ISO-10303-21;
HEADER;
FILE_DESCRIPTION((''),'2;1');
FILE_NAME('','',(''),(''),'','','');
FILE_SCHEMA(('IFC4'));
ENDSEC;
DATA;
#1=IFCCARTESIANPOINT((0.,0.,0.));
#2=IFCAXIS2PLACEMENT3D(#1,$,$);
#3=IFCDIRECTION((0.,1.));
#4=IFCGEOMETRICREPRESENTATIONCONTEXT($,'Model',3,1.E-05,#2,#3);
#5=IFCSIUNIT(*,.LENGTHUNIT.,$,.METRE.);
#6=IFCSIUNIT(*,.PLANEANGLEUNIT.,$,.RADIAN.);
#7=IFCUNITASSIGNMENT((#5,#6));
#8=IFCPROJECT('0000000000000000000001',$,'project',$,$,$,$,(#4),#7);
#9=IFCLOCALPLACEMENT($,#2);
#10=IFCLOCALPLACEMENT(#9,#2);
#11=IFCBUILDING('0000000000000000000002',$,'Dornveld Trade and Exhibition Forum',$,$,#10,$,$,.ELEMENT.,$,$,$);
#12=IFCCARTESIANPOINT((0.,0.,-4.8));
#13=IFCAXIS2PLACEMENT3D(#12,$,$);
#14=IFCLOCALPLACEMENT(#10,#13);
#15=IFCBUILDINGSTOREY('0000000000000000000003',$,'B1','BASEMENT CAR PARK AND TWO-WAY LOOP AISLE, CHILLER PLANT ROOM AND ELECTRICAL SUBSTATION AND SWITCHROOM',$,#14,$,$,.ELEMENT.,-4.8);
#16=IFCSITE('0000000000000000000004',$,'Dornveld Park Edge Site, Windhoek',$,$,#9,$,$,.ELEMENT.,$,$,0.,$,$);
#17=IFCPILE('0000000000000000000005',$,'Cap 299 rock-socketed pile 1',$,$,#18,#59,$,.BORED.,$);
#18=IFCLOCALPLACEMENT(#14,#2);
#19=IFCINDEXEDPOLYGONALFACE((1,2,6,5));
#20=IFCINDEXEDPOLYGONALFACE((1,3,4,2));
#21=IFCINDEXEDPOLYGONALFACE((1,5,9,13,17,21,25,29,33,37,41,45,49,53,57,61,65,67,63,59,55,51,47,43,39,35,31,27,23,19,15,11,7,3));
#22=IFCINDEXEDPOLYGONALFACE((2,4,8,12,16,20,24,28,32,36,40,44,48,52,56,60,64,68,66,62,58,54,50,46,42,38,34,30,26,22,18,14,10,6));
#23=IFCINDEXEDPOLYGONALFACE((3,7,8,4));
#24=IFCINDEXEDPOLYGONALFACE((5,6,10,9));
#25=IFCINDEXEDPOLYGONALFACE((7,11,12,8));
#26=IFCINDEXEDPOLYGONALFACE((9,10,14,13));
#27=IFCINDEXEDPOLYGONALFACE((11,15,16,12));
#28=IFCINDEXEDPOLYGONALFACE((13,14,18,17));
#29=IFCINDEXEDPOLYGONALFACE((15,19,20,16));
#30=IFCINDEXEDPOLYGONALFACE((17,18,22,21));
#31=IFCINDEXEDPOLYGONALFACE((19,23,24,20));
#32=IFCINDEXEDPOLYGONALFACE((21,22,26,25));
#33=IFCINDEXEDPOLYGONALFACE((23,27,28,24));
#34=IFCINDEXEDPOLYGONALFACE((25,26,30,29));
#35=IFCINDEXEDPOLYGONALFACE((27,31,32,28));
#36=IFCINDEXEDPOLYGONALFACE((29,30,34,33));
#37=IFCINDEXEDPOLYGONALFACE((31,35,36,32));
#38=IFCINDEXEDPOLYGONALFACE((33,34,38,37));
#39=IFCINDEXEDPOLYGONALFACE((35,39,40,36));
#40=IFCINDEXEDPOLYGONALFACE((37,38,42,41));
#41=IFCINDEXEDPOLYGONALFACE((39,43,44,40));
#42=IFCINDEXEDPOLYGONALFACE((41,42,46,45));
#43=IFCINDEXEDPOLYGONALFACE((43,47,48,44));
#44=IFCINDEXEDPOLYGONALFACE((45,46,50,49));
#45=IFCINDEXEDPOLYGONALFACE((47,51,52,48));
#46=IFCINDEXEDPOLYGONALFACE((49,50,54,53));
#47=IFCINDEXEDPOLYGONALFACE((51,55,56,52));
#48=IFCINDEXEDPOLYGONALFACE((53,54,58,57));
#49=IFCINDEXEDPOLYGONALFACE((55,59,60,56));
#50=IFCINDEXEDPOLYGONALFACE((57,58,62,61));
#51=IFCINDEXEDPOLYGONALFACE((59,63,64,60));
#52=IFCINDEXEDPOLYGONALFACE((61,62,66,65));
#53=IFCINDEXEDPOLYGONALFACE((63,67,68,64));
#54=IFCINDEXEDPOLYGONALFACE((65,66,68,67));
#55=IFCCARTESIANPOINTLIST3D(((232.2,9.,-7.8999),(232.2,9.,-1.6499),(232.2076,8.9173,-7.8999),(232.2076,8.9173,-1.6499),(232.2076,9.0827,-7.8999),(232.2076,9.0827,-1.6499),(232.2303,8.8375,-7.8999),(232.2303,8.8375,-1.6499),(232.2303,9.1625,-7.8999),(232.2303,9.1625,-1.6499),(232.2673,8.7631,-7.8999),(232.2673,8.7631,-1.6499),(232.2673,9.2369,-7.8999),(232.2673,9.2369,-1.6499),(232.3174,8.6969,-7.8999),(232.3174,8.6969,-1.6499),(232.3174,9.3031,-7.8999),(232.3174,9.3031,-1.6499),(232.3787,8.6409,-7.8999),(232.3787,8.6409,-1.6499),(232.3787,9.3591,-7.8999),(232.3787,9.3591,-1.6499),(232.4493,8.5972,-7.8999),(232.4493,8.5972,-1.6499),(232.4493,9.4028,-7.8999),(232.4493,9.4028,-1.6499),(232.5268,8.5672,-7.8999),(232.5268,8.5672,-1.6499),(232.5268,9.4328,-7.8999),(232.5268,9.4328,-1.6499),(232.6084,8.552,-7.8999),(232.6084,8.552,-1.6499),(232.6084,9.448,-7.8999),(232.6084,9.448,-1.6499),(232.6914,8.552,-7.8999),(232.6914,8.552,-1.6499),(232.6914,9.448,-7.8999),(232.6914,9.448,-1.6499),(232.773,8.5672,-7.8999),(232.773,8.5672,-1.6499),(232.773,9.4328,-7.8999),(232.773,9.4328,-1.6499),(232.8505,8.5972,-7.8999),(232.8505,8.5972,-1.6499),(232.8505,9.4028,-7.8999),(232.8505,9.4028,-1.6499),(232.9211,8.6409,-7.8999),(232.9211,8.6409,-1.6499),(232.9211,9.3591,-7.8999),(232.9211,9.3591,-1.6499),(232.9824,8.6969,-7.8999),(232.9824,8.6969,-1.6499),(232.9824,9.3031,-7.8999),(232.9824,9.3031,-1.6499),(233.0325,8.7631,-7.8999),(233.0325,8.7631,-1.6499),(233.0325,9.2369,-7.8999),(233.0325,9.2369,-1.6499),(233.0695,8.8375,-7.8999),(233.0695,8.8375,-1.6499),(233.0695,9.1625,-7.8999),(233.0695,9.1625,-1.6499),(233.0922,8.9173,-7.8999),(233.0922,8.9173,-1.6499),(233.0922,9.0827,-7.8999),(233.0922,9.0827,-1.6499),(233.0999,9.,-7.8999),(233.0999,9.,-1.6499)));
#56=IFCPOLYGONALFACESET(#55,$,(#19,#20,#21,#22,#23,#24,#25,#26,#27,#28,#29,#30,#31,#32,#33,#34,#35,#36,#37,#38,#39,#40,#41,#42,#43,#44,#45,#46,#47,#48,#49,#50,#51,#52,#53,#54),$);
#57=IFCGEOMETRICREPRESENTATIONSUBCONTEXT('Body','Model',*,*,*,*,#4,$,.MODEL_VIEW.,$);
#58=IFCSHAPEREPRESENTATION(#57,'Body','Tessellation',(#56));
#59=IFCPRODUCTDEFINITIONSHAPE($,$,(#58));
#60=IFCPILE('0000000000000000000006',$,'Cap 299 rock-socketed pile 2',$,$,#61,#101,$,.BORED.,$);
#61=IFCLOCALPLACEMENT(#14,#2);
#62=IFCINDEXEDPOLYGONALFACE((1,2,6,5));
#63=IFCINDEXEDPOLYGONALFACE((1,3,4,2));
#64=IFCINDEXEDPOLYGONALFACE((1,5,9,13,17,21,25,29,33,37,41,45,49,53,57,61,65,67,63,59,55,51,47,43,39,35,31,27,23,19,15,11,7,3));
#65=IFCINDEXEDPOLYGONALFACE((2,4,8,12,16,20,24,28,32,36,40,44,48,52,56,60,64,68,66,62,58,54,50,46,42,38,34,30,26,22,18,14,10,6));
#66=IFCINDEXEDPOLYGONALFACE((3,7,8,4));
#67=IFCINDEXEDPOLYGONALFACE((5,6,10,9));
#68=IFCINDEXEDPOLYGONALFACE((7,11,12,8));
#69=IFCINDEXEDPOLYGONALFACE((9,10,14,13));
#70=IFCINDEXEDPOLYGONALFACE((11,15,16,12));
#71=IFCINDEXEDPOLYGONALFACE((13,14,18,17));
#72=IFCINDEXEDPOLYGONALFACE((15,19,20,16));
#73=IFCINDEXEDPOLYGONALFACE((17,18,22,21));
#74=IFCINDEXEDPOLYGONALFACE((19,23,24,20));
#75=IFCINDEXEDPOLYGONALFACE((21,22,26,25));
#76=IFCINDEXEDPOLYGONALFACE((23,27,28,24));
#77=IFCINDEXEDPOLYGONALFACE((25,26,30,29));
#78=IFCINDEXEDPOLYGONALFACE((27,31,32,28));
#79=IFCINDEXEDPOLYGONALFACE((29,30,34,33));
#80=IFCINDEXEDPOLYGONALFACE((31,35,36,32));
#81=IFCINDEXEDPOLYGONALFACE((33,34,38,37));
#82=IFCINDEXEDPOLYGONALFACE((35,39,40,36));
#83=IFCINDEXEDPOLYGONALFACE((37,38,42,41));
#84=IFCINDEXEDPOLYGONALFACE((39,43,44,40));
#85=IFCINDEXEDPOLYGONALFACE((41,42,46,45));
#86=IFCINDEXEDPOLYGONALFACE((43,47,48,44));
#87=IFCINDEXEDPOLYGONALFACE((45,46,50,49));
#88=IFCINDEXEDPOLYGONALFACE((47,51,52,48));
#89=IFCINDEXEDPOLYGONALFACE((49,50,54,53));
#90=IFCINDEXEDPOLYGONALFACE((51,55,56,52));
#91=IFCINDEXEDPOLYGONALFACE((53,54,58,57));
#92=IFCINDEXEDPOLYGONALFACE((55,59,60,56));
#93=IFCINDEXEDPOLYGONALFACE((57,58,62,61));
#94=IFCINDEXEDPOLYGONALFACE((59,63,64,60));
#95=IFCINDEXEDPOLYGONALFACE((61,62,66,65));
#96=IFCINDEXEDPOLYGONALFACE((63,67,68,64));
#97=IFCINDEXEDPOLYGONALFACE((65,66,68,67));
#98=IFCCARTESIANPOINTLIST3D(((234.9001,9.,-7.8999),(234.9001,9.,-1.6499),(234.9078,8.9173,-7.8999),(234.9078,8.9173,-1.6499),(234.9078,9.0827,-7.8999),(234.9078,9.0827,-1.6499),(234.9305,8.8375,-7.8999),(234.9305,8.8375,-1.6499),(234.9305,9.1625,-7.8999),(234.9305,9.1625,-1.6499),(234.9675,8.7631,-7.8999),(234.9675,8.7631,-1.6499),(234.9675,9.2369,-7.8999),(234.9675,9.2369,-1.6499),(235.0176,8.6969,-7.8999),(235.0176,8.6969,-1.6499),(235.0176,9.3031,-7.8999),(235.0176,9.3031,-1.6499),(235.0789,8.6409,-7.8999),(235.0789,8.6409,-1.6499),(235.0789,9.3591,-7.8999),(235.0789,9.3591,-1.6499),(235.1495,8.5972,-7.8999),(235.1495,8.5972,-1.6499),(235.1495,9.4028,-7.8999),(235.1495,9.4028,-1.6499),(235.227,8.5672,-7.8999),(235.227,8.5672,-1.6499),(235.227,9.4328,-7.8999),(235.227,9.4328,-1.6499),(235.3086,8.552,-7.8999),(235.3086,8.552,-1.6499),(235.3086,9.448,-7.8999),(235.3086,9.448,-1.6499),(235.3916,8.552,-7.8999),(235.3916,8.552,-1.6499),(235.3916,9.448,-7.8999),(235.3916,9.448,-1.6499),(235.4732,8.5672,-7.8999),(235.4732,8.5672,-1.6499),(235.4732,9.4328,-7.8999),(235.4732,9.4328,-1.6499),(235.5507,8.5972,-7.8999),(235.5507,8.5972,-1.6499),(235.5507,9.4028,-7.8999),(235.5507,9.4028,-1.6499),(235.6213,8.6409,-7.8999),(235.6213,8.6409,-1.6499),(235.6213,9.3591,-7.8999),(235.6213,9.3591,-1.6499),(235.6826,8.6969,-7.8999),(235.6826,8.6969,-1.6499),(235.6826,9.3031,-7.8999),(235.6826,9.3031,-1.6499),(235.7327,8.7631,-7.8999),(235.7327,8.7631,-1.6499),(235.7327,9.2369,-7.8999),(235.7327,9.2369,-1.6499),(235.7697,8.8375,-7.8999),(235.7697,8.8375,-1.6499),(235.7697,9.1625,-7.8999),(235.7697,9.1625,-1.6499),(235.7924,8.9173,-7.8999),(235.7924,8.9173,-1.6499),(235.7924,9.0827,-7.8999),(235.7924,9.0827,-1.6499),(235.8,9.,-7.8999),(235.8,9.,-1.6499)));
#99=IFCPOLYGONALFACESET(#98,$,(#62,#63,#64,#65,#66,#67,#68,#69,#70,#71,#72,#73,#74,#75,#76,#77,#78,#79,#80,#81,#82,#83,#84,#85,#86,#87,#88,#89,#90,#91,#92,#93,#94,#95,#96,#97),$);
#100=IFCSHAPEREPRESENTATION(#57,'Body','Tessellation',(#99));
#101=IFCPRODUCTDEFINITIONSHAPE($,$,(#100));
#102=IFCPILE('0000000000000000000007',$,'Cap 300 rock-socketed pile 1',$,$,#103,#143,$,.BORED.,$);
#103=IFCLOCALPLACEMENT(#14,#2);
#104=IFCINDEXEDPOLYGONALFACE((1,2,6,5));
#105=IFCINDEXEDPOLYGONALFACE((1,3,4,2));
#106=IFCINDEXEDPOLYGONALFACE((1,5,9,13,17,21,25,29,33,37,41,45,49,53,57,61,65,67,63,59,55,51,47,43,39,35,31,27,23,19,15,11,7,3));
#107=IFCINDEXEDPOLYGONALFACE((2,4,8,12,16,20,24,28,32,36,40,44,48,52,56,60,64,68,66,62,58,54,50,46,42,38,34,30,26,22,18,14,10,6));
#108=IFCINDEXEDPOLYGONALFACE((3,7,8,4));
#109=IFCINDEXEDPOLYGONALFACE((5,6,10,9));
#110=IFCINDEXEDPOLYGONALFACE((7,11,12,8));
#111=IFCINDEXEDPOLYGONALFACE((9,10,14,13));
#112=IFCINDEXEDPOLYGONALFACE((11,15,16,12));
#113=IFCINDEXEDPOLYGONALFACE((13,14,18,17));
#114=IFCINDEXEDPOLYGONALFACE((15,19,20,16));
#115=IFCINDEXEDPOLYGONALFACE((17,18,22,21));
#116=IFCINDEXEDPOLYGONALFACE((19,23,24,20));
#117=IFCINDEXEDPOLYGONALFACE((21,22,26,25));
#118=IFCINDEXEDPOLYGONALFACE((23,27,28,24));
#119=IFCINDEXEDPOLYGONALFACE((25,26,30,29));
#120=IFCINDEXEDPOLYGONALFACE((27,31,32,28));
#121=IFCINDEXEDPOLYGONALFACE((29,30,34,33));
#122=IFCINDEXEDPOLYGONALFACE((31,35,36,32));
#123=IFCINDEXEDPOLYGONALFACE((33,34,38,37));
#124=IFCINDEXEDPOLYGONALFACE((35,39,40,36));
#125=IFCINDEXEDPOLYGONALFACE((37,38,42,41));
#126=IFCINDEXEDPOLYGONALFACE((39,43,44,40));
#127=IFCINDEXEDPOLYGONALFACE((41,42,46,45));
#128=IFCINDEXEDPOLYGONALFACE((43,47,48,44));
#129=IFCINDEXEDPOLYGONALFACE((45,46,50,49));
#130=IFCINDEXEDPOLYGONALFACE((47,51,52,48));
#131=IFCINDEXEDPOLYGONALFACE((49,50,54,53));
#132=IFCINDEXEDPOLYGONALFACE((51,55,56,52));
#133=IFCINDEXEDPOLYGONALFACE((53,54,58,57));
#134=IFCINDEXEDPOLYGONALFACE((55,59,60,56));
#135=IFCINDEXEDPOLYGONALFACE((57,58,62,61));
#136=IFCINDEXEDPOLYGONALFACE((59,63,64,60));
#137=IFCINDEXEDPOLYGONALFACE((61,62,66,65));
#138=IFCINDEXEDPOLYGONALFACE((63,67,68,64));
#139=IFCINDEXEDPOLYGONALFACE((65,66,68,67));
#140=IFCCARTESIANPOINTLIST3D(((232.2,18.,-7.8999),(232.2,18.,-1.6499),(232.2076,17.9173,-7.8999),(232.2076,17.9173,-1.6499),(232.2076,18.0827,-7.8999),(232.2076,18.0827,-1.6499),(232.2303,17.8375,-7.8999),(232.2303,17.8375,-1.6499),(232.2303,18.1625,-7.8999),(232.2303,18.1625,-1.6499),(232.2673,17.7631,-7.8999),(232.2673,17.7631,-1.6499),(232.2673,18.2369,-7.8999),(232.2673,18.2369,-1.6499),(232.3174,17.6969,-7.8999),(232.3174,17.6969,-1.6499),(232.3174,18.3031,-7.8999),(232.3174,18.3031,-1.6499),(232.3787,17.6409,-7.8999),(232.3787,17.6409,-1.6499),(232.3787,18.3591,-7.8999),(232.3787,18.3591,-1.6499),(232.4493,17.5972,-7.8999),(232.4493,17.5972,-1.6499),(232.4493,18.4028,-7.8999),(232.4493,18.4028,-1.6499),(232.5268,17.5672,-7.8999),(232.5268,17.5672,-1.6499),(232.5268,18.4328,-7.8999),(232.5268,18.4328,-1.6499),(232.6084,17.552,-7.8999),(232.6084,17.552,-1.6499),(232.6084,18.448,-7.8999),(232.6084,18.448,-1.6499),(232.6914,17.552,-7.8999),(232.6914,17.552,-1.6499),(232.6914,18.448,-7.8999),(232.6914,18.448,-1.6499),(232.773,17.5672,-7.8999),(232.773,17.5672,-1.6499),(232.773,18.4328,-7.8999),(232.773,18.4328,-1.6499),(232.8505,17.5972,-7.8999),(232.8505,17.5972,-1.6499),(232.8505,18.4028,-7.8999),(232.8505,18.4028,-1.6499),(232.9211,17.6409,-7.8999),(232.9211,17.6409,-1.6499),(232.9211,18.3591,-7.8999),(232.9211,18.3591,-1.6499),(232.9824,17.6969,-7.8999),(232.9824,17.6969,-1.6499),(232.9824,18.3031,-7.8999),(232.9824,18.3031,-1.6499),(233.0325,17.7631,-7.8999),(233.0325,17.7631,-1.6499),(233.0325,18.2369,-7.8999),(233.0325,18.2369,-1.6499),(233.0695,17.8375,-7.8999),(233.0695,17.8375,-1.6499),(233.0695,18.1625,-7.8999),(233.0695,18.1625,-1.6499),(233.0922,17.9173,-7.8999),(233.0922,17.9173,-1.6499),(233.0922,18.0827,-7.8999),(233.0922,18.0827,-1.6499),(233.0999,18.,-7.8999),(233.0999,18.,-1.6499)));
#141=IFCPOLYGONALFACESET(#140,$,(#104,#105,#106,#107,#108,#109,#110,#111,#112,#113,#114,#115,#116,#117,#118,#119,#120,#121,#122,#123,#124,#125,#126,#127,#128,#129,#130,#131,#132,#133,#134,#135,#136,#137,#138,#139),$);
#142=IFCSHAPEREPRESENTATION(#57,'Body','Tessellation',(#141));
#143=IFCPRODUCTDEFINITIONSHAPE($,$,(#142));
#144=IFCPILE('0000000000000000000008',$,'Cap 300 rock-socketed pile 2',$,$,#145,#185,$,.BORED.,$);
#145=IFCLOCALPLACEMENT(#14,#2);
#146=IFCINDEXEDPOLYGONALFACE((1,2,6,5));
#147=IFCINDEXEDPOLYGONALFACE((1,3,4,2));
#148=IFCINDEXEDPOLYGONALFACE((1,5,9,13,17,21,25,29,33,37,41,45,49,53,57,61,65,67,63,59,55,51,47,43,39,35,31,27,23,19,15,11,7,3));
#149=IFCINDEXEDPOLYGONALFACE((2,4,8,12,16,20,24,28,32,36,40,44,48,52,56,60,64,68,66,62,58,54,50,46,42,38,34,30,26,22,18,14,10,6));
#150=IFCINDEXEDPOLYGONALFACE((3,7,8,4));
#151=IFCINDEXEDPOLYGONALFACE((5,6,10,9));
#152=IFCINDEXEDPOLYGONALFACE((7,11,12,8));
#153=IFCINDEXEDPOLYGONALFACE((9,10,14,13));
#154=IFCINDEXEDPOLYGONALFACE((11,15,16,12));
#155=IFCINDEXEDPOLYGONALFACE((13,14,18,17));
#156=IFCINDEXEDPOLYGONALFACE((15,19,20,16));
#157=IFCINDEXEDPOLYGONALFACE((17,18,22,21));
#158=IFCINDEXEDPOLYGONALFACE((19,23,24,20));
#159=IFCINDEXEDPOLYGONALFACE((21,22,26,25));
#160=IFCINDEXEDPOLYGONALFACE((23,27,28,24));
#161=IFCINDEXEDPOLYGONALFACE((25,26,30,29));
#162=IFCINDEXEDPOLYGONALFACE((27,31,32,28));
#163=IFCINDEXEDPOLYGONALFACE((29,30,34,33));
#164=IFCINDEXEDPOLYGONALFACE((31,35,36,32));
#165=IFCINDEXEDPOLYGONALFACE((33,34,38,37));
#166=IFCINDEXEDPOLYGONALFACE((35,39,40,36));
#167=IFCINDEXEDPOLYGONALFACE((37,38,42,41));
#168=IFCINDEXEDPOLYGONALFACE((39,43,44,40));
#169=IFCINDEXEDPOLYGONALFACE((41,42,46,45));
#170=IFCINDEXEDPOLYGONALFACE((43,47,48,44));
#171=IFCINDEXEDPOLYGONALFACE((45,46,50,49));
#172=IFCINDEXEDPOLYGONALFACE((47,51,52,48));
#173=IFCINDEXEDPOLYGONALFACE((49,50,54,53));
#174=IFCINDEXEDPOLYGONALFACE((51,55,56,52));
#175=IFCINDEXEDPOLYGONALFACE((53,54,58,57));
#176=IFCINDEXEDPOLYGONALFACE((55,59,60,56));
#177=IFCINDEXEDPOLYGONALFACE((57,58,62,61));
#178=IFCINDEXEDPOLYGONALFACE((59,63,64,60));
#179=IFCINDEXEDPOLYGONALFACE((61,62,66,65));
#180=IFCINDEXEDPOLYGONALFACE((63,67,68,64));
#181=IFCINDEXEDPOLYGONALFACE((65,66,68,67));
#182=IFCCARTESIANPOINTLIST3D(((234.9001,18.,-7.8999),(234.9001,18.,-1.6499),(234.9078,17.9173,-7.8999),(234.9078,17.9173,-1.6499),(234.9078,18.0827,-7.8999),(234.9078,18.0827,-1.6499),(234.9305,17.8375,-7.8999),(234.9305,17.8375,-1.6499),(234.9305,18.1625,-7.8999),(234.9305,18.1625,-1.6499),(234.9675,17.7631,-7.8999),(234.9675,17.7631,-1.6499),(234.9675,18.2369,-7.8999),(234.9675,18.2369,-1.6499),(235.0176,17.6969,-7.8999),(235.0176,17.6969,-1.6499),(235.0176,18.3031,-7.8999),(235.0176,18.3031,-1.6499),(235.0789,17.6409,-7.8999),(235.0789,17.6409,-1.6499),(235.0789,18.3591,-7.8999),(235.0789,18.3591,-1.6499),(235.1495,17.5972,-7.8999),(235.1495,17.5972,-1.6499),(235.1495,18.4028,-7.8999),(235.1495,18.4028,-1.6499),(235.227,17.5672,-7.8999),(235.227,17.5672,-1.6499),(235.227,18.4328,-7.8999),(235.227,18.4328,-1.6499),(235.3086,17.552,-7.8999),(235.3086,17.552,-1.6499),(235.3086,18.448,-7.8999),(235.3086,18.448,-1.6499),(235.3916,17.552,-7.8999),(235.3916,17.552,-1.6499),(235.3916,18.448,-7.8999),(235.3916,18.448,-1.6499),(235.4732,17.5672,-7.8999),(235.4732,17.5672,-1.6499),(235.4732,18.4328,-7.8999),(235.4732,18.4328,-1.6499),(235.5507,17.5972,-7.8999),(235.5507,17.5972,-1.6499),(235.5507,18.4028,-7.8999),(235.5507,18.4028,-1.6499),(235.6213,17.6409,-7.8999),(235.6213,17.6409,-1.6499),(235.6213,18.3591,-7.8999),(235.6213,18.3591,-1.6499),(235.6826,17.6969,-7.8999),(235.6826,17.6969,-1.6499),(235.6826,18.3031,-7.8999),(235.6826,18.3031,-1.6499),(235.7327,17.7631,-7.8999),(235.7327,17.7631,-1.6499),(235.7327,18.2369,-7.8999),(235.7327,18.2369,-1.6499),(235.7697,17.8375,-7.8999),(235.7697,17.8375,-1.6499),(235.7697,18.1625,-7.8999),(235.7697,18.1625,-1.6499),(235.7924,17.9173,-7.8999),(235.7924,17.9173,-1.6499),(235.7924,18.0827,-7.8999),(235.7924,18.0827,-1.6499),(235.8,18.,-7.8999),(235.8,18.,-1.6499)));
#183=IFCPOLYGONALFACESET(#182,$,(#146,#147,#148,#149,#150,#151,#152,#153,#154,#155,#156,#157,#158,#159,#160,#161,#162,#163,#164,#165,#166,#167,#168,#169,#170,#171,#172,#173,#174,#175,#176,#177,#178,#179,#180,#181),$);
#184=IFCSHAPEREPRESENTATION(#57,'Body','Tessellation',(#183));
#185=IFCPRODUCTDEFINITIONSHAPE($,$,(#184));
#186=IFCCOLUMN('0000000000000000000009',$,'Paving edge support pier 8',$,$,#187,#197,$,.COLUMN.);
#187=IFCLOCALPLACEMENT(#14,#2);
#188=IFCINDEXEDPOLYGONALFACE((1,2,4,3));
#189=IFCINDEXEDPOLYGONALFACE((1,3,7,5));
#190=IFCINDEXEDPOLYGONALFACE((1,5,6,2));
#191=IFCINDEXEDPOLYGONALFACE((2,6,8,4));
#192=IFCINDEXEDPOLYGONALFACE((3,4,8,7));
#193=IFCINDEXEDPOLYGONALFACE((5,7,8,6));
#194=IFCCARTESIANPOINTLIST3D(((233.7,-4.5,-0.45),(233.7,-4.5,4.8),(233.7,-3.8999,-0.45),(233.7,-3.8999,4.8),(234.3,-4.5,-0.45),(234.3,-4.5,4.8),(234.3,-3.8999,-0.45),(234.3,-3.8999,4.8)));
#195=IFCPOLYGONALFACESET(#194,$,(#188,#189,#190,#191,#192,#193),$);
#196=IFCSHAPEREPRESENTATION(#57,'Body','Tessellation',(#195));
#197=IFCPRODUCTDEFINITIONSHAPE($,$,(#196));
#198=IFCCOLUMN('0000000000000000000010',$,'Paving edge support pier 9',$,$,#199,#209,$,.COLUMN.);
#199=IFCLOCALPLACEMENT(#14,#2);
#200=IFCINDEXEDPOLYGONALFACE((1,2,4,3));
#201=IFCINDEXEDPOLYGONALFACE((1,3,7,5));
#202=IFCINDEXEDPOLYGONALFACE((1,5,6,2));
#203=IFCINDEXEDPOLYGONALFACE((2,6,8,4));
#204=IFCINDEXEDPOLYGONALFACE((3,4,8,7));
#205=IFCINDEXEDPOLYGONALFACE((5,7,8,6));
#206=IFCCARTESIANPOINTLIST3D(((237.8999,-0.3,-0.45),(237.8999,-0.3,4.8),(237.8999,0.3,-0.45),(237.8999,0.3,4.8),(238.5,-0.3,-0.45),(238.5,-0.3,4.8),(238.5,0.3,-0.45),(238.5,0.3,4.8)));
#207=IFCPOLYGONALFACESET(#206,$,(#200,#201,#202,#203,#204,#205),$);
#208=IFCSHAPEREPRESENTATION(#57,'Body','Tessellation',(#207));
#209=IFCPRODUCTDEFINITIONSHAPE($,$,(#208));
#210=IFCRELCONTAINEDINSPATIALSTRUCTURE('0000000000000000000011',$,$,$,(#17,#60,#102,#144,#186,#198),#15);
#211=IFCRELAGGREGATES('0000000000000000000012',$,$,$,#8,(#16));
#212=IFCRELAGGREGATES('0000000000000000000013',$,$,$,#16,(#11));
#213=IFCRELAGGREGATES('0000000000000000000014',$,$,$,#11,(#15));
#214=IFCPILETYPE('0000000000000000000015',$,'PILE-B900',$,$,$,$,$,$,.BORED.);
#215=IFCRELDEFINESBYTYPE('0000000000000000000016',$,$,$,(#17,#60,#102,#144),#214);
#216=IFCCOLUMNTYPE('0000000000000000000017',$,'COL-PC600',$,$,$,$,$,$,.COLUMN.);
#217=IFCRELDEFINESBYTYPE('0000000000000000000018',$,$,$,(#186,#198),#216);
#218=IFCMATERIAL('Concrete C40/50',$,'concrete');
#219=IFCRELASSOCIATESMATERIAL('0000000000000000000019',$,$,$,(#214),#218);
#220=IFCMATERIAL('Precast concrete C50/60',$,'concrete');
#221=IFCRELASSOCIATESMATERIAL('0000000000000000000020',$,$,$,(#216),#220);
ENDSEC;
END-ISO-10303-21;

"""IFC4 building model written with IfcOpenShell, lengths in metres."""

from ifc_helpers import new_model, si_unit, direction, frame, origin, origin_2d, place, context, subcontext, project, spatial, rectangle, circle, extrude, material, material_profile, profile_set, type_object, element, save


model = new_model("IFC4")

# Units and contexts
model_context = context("Model", 3, precision=1e-05, world=origin(), true_north=direction((0.0, 1.0)))
body_context = subcontext(model_context, "Body", "Model", "MODEL_VIEW")
ifc_project = project(units=[si_unit("LENGTHUNIT", "METRE"), si_unit("PLANEANGLEUNIT", "RADIAN")], contexts=[model_context])

# Site, building, storey
site_placement = place(None, origin())
site = spatial("IfcSite", under=ifc_project, at=site_placement, Name="Dornveld Park Edge Site, Windhoek", CompositionType="ELEMENT", RefElevation=0.0)
building_placement = place(site_placement, origin())
building = spatial("IfcBuilding", under=site, at=building_placement, Name="Dornveld Trade and Exhibition Forum", CompositionType="ELEMENT")
storey_placement = place(building_placement, frame((0.0, 0.0, -4.8)))
storey = spatial("IfcBuildingStorey", under=building, at=storey_placement, Name="B1", Description="BASEMENT CAR PARK AND TWO-WAY LOOP AISLE, CHILLER PLANT ROOM AND ELECTRICAL SUBSTATION AND SWITCHROOM", CompositionType="ELEMENT", Elevation=-4.8)

# Piles
ifc_material_1 = material(Name="Concrete C40/50", Category="concrete")
ifc_material_profile_1 = material_profile(ifc_material_1, circle(Radius=0.45, at=origin_2d()), Name="PILE D900")
ifc_profile_set_1 = profile_set([ifc_material_profile_1], Name="Concrete C40/50")
pile_type_1 = type_object("IfcPileType", Name="PILE-B900", PredefinedType="BORED", material=ifc_profile_set_1)
for number, where, z_axis, x_axis, name in (
    (1, (232.6499, 9.0, -1.6499), (0.0, 0.0, -1.0), (1.0, 0.0, 0.0), "Cap 299 rock-socketed pile 1"),
    (2, (235.3501, 9.0, -1.6499), (0.0, 0.0, -1.0), (1.0, 0.0, 0.0), "Cap 299 rock-socketed pile 2"),
    (3, (232.6499, 18.0, -1.6499), (0.0, 0.0, -1.0), (1.0, 0.0, 0.0), "Cap 300 rock-socketed pile 1"),
    (4, (235.3501, 18.0, -1.6499), (0.0, 0.0, -1.0), (1.0, 0.0, 0.0), "Cap 300 rock-socketed pile 2"),
):
    element("IfcPile", number, at=place(storey_placement, frame(where, z_axis=z_axis, x_axis=x_axis)), inside=storey, type_object=pile_type_1, Name=name, PredefinedType="BORED", context=body_context, shape_type="SweptSolid", body=[
        extrude(circle(Radius=0.45, at=origin_2d()), origin(), (0.0, 0.0, 1.0), 6.25),
    ])

# Columns
ifc_material_2 = material(Name="Precast concrete C50/60", Category="concrete")
ifc_material_profile_2 = material_profile(ifc_material_2, rectangle(XDim=0.6001, YDim=0.6001, at=origin_2d()), Name="PC-COL 600x600")
ifc_profile_set_2 = profile_set([ifc_material_profile_2], Name="Precast concrete C50/60")
column_type_1 = type_object("IfcColumnType", Name="COL-PC600", PredefinedType="COLUMN", material=ifc_profile_set_2)
for number, where, z_axis, x_axis, name in (
    (5, (234.0, -4.2, -0.45), (0.0, 0.0, 1.0), (1.0, 0.0, 0.0), "Paving edge support pier 8"),
    (6, (238.2, 0.0, -0.45), (0.0, 0.0, 1.0), (1.0, 0.0, 0.0), "Paving edge support pier 9"),
):
    element("IfcColumn", number, at=place(storey_placement, frame(where, z_axis=z_axis, x_axis=x_axis)), inside=storey, type_object=column_type_1, Name=name, PredefinedType="COLUMN", context=body_context, shape_type="SweptSolid", body=[
        extrude(rectangle(XDim=0.6001, YDim=0.6001, at=origin_2d()), origin(), (0.0, 0.0, 1.0), 5.25),
    ])

save(model, "model.ifc")
